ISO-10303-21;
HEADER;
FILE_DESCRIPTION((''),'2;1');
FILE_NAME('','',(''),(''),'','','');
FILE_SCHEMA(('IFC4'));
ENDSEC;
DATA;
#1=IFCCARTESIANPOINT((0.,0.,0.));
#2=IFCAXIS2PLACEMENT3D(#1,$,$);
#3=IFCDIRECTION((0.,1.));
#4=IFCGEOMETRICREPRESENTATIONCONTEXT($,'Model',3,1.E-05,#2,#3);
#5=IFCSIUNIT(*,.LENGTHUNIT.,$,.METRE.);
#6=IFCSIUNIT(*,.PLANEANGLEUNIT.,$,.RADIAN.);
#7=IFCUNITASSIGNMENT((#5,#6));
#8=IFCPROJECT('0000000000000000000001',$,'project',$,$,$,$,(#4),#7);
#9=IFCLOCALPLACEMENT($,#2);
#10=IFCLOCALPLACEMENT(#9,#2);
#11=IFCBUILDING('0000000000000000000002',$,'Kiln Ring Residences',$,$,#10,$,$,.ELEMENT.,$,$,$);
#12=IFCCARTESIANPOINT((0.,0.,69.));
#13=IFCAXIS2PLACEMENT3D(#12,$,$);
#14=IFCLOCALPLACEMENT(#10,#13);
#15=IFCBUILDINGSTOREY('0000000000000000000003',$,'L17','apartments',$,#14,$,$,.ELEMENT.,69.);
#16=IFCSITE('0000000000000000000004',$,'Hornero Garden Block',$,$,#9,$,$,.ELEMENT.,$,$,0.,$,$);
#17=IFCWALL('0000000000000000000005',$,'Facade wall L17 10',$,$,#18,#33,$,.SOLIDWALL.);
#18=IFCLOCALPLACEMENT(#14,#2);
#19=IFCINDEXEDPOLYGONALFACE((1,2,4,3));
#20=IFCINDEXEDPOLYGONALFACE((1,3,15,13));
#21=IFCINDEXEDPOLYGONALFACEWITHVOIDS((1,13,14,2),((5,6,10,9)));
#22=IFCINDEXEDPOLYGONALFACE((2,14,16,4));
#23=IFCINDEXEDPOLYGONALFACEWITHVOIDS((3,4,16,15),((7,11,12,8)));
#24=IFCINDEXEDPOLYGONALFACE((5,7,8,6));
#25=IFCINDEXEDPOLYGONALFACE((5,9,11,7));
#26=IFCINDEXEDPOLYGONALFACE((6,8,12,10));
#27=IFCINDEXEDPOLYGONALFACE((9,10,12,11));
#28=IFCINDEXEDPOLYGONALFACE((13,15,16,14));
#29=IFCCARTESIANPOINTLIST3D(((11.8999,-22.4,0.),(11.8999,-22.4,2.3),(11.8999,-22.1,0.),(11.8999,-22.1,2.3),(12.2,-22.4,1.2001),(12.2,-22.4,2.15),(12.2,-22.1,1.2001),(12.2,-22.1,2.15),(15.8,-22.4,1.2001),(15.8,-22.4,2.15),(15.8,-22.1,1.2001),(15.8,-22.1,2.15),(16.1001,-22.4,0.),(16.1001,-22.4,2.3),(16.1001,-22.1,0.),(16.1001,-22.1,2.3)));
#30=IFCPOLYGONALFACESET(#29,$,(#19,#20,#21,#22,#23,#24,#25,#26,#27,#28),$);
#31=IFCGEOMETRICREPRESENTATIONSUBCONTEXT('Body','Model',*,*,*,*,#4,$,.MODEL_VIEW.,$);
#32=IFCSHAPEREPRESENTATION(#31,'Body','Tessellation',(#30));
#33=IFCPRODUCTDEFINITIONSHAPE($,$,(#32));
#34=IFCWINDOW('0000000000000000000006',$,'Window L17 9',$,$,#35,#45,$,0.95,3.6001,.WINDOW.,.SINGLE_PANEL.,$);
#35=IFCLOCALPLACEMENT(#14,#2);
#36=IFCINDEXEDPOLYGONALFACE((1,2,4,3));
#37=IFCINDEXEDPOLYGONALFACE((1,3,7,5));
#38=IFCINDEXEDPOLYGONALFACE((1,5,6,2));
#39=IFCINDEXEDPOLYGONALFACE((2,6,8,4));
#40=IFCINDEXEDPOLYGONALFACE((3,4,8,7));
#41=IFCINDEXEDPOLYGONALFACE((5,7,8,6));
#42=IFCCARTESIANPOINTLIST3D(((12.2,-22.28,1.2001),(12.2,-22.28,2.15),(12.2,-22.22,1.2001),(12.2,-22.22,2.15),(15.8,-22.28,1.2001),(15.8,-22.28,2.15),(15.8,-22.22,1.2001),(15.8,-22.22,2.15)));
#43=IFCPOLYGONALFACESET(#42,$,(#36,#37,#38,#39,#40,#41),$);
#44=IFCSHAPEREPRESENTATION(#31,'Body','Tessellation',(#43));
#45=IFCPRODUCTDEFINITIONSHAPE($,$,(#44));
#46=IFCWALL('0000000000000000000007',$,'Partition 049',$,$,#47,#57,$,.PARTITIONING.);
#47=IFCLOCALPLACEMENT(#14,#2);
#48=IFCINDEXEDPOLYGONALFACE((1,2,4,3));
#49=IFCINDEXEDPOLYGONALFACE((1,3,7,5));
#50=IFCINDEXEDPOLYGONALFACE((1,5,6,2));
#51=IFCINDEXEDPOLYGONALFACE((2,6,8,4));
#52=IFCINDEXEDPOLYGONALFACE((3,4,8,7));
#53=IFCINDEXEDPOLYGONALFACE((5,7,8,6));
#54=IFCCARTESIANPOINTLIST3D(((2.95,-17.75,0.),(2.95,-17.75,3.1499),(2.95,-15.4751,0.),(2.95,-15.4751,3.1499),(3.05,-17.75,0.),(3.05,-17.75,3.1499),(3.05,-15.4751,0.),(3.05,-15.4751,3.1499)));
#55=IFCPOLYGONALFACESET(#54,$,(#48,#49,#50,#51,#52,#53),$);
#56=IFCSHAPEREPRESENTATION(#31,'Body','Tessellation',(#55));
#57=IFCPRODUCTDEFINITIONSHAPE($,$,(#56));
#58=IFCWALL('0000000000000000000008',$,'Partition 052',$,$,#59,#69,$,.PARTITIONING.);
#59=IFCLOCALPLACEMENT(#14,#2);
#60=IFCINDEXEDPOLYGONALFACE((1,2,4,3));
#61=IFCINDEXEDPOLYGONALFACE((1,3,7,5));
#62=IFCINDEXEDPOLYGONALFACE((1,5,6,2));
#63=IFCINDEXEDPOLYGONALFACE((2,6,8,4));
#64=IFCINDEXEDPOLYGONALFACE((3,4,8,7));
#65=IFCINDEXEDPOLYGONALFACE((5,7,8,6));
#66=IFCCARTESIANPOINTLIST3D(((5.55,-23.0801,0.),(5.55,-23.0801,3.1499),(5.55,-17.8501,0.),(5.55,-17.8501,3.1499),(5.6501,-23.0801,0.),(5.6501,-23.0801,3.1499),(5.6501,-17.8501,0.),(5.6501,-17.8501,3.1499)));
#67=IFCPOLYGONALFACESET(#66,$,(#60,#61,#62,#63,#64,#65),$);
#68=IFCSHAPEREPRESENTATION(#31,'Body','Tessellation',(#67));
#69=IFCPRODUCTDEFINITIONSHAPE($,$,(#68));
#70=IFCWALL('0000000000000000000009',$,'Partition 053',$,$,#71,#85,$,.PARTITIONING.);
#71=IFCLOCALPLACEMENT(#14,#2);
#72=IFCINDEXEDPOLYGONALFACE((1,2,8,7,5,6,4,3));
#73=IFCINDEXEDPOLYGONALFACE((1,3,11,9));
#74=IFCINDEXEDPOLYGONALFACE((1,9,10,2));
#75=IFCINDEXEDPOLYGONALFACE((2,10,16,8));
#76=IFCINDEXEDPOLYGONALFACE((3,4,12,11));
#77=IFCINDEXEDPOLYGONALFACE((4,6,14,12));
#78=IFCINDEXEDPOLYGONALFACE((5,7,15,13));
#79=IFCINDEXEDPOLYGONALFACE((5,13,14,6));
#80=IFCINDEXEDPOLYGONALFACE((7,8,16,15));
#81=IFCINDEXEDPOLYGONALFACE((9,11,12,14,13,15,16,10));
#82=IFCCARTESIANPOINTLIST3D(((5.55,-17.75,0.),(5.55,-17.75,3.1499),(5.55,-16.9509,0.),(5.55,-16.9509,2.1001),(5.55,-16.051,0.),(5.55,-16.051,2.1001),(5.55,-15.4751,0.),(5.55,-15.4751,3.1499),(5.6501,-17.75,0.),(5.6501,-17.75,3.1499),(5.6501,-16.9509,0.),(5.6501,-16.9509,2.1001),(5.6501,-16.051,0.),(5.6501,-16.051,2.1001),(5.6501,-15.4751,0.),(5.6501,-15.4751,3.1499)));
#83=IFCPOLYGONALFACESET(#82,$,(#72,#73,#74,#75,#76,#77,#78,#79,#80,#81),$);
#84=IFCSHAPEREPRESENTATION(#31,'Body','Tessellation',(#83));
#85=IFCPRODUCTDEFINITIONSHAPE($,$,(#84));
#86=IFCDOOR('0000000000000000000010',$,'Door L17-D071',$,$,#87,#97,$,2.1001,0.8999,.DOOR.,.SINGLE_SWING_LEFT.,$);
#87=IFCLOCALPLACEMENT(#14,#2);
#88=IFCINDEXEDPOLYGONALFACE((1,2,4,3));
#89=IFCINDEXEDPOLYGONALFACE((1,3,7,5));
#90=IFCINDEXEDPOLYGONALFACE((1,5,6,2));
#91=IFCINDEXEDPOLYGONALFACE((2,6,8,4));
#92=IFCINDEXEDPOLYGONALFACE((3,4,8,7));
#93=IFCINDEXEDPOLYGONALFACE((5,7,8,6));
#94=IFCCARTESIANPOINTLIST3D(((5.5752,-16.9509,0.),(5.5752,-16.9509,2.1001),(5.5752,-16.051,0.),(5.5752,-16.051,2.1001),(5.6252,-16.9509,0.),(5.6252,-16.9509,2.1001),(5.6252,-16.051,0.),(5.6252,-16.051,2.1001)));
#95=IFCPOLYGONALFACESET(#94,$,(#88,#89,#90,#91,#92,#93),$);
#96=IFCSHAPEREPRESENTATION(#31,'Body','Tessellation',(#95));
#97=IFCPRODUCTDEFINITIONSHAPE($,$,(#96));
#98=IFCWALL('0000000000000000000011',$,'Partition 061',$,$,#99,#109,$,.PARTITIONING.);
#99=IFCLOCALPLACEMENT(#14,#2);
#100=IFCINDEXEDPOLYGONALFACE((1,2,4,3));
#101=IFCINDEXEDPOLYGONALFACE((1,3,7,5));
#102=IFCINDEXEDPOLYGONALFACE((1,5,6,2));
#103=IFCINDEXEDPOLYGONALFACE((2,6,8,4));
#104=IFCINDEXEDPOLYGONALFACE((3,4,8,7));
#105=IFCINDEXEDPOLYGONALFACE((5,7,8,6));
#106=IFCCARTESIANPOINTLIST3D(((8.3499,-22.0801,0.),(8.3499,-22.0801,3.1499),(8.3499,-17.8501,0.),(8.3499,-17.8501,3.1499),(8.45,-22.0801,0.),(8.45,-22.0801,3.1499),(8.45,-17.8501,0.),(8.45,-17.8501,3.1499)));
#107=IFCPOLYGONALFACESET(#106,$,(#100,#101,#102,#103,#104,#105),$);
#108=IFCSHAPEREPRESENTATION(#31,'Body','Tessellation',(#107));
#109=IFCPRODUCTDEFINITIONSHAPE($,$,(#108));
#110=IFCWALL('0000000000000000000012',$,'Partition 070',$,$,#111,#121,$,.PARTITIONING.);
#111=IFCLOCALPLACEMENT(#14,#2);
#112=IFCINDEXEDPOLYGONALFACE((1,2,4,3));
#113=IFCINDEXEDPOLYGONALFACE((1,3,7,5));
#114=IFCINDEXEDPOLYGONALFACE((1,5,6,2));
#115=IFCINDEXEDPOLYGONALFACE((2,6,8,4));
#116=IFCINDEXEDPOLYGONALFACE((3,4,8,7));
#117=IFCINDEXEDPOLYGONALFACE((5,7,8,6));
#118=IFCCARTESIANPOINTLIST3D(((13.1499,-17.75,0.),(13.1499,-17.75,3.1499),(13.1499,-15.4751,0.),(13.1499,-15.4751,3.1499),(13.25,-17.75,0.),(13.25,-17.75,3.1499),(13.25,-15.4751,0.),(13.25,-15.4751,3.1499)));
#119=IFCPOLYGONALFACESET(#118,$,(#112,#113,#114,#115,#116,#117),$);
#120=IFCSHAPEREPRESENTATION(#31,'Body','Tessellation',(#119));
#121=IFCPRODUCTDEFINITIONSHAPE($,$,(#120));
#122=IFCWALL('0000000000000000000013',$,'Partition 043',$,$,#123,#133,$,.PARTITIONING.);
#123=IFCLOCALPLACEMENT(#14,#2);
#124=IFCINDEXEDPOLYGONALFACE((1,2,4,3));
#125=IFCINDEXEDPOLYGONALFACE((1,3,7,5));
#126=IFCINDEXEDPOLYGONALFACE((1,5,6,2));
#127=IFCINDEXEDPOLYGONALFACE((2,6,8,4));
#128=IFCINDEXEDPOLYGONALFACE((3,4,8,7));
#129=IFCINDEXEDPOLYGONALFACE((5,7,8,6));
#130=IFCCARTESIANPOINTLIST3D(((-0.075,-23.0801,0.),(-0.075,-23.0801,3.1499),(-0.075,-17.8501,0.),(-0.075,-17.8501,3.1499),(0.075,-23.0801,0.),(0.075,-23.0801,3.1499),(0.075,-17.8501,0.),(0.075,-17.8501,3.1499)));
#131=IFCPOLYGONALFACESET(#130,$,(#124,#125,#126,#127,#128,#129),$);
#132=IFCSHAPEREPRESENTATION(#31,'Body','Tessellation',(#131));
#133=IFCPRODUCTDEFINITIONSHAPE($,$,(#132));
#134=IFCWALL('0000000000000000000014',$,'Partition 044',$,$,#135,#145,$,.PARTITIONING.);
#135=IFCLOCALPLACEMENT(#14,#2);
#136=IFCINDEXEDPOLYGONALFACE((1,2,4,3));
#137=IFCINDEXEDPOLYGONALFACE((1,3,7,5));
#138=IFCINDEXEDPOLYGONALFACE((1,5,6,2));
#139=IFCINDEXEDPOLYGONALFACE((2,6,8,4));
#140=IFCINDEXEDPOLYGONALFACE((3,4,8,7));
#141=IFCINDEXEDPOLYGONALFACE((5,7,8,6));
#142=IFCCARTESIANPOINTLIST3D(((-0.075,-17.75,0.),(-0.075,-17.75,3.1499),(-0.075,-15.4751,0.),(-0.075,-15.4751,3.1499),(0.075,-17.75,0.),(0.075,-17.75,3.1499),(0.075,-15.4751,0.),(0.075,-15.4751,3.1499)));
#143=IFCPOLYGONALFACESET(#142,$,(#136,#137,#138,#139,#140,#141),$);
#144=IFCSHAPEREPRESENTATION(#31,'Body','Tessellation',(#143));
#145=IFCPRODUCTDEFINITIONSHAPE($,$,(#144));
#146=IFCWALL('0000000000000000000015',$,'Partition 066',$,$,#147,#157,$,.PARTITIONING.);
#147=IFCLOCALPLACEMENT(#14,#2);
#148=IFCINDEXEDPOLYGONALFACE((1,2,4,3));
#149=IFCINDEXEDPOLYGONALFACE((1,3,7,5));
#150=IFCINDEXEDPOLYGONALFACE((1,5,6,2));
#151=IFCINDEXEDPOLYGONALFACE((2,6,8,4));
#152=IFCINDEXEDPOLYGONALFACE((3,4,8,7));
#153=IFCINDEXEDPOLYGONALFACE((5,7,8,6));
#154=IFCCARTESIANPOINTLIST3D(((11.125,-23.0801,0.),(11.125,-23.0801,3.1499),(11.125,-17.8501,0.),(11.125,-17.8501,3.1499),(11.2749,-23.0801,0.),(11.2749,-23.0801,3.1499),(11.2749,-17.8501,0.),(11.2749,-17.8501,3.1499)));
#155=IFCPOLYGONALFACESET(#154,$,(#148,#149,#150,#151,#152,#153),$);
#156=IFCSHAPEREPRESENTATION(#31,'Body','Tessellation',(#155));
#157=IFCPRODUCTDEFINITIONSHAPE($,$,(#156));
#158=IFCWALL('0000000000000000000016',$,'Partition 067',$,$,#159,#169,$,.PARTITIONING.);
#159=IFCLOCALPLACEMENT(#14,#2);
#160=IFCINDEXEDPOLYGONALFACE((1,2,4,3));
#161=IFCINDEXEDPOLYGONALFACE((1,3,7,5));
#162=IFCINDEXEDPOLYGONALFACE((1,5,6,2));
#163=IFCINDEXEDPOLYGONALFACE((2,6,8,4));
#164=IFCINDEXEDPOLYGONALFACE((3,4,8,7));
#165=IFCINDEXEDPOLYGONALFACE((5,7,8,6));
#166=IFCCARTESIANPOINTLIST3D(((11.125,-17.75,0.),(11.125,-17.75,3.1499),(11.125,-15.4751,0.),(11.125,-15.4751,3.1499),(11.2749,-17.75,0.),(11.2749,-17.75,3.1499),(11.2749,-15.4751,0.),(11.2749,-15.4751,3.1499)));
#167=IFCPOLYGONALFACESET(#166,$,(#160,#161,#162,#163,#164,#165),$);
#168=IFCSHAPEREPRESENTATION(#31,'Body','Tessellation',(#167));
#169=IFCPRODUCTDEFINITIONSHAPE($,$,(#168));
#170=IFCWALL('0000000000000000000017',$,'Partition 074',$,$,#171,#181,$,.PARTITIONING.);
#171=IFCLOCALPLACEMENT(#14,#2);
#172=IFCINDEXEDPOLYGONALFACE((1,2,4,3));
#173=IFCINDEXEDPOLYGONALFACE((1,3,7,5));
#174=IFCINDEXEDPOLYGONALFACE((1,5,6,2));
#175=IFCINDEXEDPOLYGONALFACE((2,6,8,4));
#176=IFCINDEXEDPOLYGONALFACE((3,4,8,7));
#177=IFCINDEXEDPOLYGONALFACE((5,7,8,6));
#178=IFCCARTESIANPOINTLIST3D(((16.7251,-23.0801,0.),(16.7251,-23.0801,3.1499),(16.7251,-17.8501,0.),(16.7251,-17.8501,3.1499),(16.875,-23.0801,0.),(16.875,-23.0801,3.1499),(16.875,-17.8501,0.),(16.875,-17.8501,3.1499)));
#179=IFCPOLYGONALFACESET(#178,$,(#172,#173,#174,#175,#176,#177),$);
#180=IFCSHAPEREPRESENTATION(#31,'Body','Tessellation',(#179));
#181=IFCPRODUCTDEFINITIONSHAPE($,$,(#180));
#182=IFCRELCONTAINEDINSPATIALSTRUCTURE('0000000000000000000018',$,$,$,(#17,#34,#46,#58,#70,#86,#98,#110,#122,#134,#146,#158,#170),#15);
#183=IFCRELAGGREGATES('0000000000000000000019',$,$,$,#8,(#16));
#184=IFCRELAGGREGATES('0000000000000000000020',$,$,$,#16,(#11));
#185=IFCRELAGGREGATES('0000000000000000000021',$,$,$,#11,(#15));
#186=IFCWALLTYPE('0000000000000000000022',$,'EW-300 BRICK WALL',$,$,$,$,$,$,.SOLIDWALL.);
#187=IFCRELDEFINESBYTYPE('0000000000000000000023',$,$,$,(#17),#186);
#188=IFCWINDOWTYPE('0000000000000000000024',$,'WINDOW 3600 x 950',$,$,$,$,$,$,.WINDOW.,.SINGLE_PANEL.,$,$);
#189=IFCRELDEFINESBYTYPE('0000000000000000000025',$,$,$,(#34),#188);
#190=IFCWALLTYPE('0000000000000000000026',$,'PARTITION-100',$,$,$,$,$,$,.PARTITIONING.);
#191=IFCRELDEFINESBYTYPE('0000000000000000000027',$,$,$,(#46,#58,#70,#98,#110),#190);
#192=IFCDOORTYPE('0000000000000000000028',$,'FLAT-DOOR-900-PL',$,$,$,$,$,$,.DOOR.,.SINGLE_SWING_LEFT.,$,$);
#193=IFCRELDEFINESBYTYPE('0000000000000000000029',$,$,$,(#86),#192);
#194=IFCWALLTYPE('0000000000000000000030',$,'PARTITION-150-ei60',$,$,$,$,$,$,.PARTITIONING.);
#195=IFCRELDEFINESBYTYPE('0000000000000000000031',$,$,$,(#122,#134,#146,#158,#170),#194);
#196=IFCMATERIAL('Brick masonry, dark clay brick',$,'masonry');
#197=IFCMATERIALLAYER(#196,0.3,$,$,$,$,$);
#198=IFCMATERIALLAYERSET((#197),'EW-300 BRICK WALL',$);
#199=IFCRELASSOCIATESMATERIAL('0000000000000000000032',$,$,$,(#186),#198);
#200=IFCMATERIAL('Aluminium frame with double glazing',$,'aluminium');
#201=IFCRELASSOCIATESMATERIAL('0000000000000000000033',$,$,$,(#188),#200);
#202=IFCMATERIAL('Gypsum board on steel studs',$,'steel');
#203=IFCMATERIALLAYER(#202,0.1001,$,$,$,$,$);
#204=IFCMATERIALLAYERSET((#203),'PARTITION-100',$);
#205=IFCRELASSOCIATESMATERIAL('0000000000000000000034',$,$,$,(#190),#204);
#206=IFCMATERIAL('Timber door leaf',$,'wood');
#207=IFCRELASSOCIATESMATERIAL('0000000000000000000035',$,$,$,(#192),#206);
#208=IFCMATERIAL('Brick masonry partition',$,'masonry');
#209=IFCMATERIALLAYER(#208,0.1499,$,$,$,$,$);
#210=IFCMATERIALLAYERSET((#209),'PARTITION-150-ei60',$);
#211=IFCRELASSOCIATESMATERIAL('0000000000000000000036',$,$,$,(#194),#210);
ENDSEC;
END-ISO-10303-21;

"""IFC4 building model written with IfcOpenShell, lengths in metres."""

from ifc_helpers import new_model, si_unit, direction, frame, frame_2d, origin, place, context, subcontext, project, spatial, rectangle, extrude, material, layer, layer_set, type_object, element, fill, save


model = new_model("IFC4")

# Units and contexts
model_context = context("Model", 3, precision=1e-05, world=origin(), true_north=direction((0.0, 1.0)))
body_context = subcontext(model_context, "Body", "Model", "MODEL_VIEW")
ifc_project = project(units=[si_unit("LENGTHUNIT", "METRE"), si_unit("PLANEANGLEUNIT", "RADIAN")], contexts=[model_context])

# Site, building, storey
site_placement = place(None, origin())
site = spatial("IfcSite", under=ifc_project, at=site_placement, Name="Hornero Garden Block", CompositionType="ELEMENT", RefElevation=0.0)
building_placement = place(site_placement, origin())
building = spatial("IfcBuilding", under=site, at=building_placement, Name="Kiln Ring Residences", CompositionType="ELEMENT")
storey_placement = place(building_placement, frame((0.0, 0.0, 69.0)))
storey = spatial("IfcBuildingStorey", under=building, at=storey_placement, Name="L17", Description="apartments", CompositionType="ELEMENT", Elevation=69.0)

# Shared definitions
ifc_material_1 = material(Name="Brick masonry, dark clay brick", Category="masonry")
ifc_layer_1 = layer(ifc_material_1, 0.3)
ifc_layer_set_1 = layer_set([ifc_layer_1], Name="EW-300 BRICK WALL")
wall_type_1 = type_object("IfcWallType", Name="EW-300 BRICK WALL", PredefinedType="SOLIDWALL", material=ifc_layer_set_1)
ifc_material_2 = material(Name="Aluminium frame with double glazing", Category="aluminium")
window_type_1 = type_object("IfcWindowType", Name="WINDOW 3600 x 950", PartitioningType="SINGLE_PANEL", PredefinedType="WINDOW", material=ifc_material_2)

# Wall, opening, window
wall_1_placement = place(storey_placement, frame((11.8999, -22.25, 0.0), z_axis=(0.0, 0.0, 1.0), x_axis=(1.0, 0.0, 0.0)))
wall_1 = element("IfcWall", 1, at=wall_1_placement, inside=storey, type_object=wall_type_1, Name="Facade wall L17 10", PredefinedType="SOLIDWALL", context=body_context, shape_type="SweptSolid", body=[
    extrude(rectangle(XDim=4.2002, YDim=0.3, at=frame_2d((2.1001, 0.0))), origin(), (0.0, 0.0, 1.0), 2.3),
])
opening_1_placement = place(wall_1_placement, frame((0.3, 0.0, 1.2)))
opening_1 = element("IfcOpeningElement", 2, at=opening_1_placement, cuts=wall_1, PredefinedType="OPENING", context=body_context, shape_type="SweptSolid", body=[
    extrude(rectangle(XDim=3.6001, YDim=0.95, at=frame_2d((1.8, 0.4751))), frame((0.0, 0.1599, 0.0), z_axis=(0.0, -1.0, 0.0), x_axis=(1.0, 0.0, 0.0)), (0.0, 0.0, 1.0), 0.3201),
])
window_1_placement = place(opening_1_placement, origin())
window_1 = element("IfcWindow", 3, at=window_1_placement, inside=storey, type_object=window_type_1, Name="Window L17 9", OverallHeight=0.95, OverallWidth=3.6001, PartitioningType="SINGLE_PANEL", PredefinedType="WINDOW", context=body_context, shape_type="SweptSolid", body=[
    extrude(rectangle(XDim=3.6001, YDim=0.95, at=frame_2d((1.8, 0.4751))), frame((0.0, 0.03, 0.0), z_axis=(0.0, -1.0, 0.0), x_axis=(1.0, 0.0, 0.0)), (0.0, 0.0, 1.0), 0.0601),
])
fill(opening_1, window_1)

# Walls
ifc_material_3 = material(Name="Gypsum board on steel studs", Category="steel")
ifc_layer_2 = layer(ifc_material_3, 0.1001)
ifc_layer_set_2 = layer_set([ifc_layer_2], Name="PARTITION-100")
wall_type_2 = type_object("IfcWallType", Name="PARTITION-100", PredefinedType="PARTITIONING", material=ifc_layer_set_2)
wall_2_placement = place(storey_placement, frame((3.0, -17.75, 0.0), z_axis=(0.0, 0.0, 1.0), x_axis=(0.0, 1.0, 0.0)))
element("IfcWall", 4, at=wall_2_placement, inside=storey, type_object=wall_type_2, Name="Partition 049", PredefinedType="PARTITIONING", context=body_context, shape_type="SweptSolid", body=[
    extrude(rectangle(XDim=2.2749, YDim=0.1001, at=frame_2d((1.1375, 0.0))), origin(), (0.0, 0.0, 1.0), 3.1499),
])
wall_3_placement = place(storey_placement, frame((5.6001, -23.0801, 0.0), z_axis=(0.0, 0.0, 1.0), x_axis=(0.0, 1.0, 0.0)))
element("IfcWall", 5, at=wall_3_placement, inside=storey, type_object=wall_type_2, Name="Partition 052", PredefinedType="PARTITIONING", context=body_context, shape_type="SweptSolid", body=[
    extrude(rectangle(XDim=5.23, YDim=0.1001, at=frame_2d((2.615, 0.0))), origin(), (0.0, 0.0, 1.0), 3.1499),
])

# Wall, opening, door
wall_4_placement = place(storey_placement, frame((5.6001, -17.75, 0.0), z_axis=(0.0, 0.0, 1.0), x_axis=(0.0, 1.0, 0.0)))
wall_4 = element("IfcWall", 6, at=wall_4_placement, inside=storey, type_object=wall_type_2, Name="Partition 053", PredefinedType="PARTITIONING", context=body_context, shape_type="SweptSolid", body=[
    extrude(rectangle(XDim=2.2749, YDim=0.1001, at=frame_2d((1.1375, 0.0))), origin(), (0.0, 0.0, 1.0), 3.1499),
])
opening_2_placement = place(wall_4_placement, frame((0.7991, 0.0, 0.0)))
opening_2 = element("IfcOpeningElement", 7, at=opening_2_placement, cuts=wall_4, PredefinedType="OPENING", context=body_context, shape_type="SweptSolid", body=[
    extrude(rectangle(XDim=0.8999, YDim=2.1001, at=frame_2d((0.45, 1.05))), frame((0.0, 0.0601, 0.0), z_axis=(0.0, -1.0, 0.0), x_axis=(1.0, 0.0, 0.0)), (0.0, 0.0, 1.0), 0.1201),
])
ifc_material_4 = material(Name="Timber door leaf", Category="wood")
door_type = type_object("IfcDoorType", Name="FLAT-DOOR-900-PL", OperationType="SINGLE_SWING_LEFT", PredefinedType="DOOR", material=ifc_material_4)
door_placement = place(opening_2_placement, origin())
door = element("IfcDoor", 8, at=door_placement, inside=storey, type_object=door_type, Name="Door L17-D071", OperationType="SINGLE_SWING_LEFT", OverallHeight=2.1001, OverallWidth=0.8999, PredefinedType="DOOR", context=body_context, shape_type="SweptSolid", body=[
    extrude(rectangle(XDim=0.8999, YDim=2.1001, at=frame_2d((0.45, 1.05))), frame((0.0, 0.0249, 0.0), z_axis=(0.0, -1.0, 0.0), x_axis=(1.0, 0.0, 0.0)), (0.0, 0.0, 1.0), 0.05),
])
fill(opening_2, door)

# Walls
wall_5_placement = place(storey_placement, frame((8.3999, -22.0801, 0.0), z_axis=(0.0, 0.0, 1.0), x_axis=(0.0, 1.0, 0.0)))
element("IfcWall", 9, at=wall_5_placement, inside=storey, type_object=wall_type_2, Name="Partition 061", PredefinedType="PARTITIONING", context=body_context, shape_type="SweptSolid", body=[
    extrude(rectangle(XDim=4.23, YDim=0.1001, at=frame_2d((2.115, 0.0))), origin(), (0.0, 0.0, 1.0), 3.1499),
])
wall_6_placement = place(storey_placement, frame((13.2, -17.75, 0.0), z_axis=(0.0, 0.0, 1.0), x_axis=(0.0, 1.0, 0.0)))
element("IfcWall", 10, at=wall_6_placement, inside=storey, type_object=wall_type_2, Name="Partition 070", PredefinedType="PARTITIONING", context=body_context, shape_type="SweptSolid", body=[
    extrude(rectangle(XDim=2.2749, YDim=0.1001, at=frame_2d((1.1375, 0.0))), origin(), (0.0, 0.0, 1.0), 3.1499),
])
ifc_material_5 = material(Name="Brick masonry partition", Category="masonry")
ifc_layer_3 = layer(ifc_material_5, 0.1499)
ifc_layer_set_3 = layer_set([ifc_layer_3], Name="PARTITION-150-ei60")
wall_type_3 = type_object("IfcWallType", Name="PARTITION-150-ei60", PredefinedType="PARTITIONING", material=ifc_layer_set_3)
wall_7_placement = place(storey_placement, frame((0.0, -23.0801, 0.0), z_axis=(0.0, 0.0, 1.0), x_axis=(0.0, 1.0, 0.0)))
element("IfcWall", 11, at=wall_7_placement, inside=storey, type_object=wall_type_3, Name="Partition 043", PredefinedType="PARTITIONING", context=body_context, shape_type="SweptSolid", body=[
    extrude(rectangle(XDim=5.23, YDim=0.1499, at=frame_2d((2.615, 0.0))), origin(), (0.0, 0.0, 1.0), 3.1499),
])
wall_8_placement = place(storey_placement, frame((0.0, -17.75, 0.0), z_axis=(0.0, 0.0, 1.0), x_axis=(0.0, 1.0, 0.0)))
element("IfcWall", 12, at=wall_8_placement, inside=storey, type_object=wall_type_3, Name="Partition 044", PredefinedType="PARTITIONING", context=body_context, shape_type="SweptSolid", body=[
    extrude(rectangle(XDim=2.2749, YDim=0.1499, at=frame_2d((1.1375, 0.0))), origin(), (0.0, 0.0, 1.0), 3.1499),
])
wall_9_placement = place(storey_placement, frame((11.2, -23.0801, 0.0), z_axis=(0.0, 0.0, 1.0), x_axis=(0.0, 1.0, 0.0)))
element("IfcWall", 13, at=wall_9_placement, inside=storey, type_object=wall_type_3, Name="Partition 066", PredefinedType="PARTITIONING", context=body_context, shape_type="SweptSolid", body=[
    extrude(rectangle(XDim=5.23, YDim=0.1499, at=frame_2d((2.615, 0.0))), origin(), (0.0, 0.0, 1.0), 3.1499),
])
wall_10_placement = place(storey_placement, frame((11.2, -17.75, 0.0), z_axis=(0.0, 0.0, 1.0), x_axis=(0.0, 1.0, 0.0)))
element("IfcWall", 14, at=wall_10_placement, inside=storey, type_object=wall_type_3, Name="Partition 067", PredefinedType="PARTITIONING", context=body_context, shape_type="SweptSolid", body=[
    extrude(rectangle(XDim=2.2749, YDim=0.1499, at=frame_2d((1.1375, 0.0))), origin(), (0.0, 0.0, 1.0), 3.1499),
])
wall_11_placement = place(storey_placement, frame((16.8, -23.0801, 0.0), z_axis=(0.0, 0.0, 1.0), x_axis=(0.0, 1.0, 0.0)))
element("IfcWall", 15, at=wall_11_placement, inside=storey, type_object=wall_type_3, Name="Partition 074", PredefinedType="PARTITIONING", context=body_context, shape_type="SweptSolid", body=[
    extrude(rectangle(XDim=5.23, YDim=0.1499, at=frame_2d((2.615, 0.0))), origin(), (0.0, 0.0, 1.0), 3.1499),
])

save(model, "model.ifc")
